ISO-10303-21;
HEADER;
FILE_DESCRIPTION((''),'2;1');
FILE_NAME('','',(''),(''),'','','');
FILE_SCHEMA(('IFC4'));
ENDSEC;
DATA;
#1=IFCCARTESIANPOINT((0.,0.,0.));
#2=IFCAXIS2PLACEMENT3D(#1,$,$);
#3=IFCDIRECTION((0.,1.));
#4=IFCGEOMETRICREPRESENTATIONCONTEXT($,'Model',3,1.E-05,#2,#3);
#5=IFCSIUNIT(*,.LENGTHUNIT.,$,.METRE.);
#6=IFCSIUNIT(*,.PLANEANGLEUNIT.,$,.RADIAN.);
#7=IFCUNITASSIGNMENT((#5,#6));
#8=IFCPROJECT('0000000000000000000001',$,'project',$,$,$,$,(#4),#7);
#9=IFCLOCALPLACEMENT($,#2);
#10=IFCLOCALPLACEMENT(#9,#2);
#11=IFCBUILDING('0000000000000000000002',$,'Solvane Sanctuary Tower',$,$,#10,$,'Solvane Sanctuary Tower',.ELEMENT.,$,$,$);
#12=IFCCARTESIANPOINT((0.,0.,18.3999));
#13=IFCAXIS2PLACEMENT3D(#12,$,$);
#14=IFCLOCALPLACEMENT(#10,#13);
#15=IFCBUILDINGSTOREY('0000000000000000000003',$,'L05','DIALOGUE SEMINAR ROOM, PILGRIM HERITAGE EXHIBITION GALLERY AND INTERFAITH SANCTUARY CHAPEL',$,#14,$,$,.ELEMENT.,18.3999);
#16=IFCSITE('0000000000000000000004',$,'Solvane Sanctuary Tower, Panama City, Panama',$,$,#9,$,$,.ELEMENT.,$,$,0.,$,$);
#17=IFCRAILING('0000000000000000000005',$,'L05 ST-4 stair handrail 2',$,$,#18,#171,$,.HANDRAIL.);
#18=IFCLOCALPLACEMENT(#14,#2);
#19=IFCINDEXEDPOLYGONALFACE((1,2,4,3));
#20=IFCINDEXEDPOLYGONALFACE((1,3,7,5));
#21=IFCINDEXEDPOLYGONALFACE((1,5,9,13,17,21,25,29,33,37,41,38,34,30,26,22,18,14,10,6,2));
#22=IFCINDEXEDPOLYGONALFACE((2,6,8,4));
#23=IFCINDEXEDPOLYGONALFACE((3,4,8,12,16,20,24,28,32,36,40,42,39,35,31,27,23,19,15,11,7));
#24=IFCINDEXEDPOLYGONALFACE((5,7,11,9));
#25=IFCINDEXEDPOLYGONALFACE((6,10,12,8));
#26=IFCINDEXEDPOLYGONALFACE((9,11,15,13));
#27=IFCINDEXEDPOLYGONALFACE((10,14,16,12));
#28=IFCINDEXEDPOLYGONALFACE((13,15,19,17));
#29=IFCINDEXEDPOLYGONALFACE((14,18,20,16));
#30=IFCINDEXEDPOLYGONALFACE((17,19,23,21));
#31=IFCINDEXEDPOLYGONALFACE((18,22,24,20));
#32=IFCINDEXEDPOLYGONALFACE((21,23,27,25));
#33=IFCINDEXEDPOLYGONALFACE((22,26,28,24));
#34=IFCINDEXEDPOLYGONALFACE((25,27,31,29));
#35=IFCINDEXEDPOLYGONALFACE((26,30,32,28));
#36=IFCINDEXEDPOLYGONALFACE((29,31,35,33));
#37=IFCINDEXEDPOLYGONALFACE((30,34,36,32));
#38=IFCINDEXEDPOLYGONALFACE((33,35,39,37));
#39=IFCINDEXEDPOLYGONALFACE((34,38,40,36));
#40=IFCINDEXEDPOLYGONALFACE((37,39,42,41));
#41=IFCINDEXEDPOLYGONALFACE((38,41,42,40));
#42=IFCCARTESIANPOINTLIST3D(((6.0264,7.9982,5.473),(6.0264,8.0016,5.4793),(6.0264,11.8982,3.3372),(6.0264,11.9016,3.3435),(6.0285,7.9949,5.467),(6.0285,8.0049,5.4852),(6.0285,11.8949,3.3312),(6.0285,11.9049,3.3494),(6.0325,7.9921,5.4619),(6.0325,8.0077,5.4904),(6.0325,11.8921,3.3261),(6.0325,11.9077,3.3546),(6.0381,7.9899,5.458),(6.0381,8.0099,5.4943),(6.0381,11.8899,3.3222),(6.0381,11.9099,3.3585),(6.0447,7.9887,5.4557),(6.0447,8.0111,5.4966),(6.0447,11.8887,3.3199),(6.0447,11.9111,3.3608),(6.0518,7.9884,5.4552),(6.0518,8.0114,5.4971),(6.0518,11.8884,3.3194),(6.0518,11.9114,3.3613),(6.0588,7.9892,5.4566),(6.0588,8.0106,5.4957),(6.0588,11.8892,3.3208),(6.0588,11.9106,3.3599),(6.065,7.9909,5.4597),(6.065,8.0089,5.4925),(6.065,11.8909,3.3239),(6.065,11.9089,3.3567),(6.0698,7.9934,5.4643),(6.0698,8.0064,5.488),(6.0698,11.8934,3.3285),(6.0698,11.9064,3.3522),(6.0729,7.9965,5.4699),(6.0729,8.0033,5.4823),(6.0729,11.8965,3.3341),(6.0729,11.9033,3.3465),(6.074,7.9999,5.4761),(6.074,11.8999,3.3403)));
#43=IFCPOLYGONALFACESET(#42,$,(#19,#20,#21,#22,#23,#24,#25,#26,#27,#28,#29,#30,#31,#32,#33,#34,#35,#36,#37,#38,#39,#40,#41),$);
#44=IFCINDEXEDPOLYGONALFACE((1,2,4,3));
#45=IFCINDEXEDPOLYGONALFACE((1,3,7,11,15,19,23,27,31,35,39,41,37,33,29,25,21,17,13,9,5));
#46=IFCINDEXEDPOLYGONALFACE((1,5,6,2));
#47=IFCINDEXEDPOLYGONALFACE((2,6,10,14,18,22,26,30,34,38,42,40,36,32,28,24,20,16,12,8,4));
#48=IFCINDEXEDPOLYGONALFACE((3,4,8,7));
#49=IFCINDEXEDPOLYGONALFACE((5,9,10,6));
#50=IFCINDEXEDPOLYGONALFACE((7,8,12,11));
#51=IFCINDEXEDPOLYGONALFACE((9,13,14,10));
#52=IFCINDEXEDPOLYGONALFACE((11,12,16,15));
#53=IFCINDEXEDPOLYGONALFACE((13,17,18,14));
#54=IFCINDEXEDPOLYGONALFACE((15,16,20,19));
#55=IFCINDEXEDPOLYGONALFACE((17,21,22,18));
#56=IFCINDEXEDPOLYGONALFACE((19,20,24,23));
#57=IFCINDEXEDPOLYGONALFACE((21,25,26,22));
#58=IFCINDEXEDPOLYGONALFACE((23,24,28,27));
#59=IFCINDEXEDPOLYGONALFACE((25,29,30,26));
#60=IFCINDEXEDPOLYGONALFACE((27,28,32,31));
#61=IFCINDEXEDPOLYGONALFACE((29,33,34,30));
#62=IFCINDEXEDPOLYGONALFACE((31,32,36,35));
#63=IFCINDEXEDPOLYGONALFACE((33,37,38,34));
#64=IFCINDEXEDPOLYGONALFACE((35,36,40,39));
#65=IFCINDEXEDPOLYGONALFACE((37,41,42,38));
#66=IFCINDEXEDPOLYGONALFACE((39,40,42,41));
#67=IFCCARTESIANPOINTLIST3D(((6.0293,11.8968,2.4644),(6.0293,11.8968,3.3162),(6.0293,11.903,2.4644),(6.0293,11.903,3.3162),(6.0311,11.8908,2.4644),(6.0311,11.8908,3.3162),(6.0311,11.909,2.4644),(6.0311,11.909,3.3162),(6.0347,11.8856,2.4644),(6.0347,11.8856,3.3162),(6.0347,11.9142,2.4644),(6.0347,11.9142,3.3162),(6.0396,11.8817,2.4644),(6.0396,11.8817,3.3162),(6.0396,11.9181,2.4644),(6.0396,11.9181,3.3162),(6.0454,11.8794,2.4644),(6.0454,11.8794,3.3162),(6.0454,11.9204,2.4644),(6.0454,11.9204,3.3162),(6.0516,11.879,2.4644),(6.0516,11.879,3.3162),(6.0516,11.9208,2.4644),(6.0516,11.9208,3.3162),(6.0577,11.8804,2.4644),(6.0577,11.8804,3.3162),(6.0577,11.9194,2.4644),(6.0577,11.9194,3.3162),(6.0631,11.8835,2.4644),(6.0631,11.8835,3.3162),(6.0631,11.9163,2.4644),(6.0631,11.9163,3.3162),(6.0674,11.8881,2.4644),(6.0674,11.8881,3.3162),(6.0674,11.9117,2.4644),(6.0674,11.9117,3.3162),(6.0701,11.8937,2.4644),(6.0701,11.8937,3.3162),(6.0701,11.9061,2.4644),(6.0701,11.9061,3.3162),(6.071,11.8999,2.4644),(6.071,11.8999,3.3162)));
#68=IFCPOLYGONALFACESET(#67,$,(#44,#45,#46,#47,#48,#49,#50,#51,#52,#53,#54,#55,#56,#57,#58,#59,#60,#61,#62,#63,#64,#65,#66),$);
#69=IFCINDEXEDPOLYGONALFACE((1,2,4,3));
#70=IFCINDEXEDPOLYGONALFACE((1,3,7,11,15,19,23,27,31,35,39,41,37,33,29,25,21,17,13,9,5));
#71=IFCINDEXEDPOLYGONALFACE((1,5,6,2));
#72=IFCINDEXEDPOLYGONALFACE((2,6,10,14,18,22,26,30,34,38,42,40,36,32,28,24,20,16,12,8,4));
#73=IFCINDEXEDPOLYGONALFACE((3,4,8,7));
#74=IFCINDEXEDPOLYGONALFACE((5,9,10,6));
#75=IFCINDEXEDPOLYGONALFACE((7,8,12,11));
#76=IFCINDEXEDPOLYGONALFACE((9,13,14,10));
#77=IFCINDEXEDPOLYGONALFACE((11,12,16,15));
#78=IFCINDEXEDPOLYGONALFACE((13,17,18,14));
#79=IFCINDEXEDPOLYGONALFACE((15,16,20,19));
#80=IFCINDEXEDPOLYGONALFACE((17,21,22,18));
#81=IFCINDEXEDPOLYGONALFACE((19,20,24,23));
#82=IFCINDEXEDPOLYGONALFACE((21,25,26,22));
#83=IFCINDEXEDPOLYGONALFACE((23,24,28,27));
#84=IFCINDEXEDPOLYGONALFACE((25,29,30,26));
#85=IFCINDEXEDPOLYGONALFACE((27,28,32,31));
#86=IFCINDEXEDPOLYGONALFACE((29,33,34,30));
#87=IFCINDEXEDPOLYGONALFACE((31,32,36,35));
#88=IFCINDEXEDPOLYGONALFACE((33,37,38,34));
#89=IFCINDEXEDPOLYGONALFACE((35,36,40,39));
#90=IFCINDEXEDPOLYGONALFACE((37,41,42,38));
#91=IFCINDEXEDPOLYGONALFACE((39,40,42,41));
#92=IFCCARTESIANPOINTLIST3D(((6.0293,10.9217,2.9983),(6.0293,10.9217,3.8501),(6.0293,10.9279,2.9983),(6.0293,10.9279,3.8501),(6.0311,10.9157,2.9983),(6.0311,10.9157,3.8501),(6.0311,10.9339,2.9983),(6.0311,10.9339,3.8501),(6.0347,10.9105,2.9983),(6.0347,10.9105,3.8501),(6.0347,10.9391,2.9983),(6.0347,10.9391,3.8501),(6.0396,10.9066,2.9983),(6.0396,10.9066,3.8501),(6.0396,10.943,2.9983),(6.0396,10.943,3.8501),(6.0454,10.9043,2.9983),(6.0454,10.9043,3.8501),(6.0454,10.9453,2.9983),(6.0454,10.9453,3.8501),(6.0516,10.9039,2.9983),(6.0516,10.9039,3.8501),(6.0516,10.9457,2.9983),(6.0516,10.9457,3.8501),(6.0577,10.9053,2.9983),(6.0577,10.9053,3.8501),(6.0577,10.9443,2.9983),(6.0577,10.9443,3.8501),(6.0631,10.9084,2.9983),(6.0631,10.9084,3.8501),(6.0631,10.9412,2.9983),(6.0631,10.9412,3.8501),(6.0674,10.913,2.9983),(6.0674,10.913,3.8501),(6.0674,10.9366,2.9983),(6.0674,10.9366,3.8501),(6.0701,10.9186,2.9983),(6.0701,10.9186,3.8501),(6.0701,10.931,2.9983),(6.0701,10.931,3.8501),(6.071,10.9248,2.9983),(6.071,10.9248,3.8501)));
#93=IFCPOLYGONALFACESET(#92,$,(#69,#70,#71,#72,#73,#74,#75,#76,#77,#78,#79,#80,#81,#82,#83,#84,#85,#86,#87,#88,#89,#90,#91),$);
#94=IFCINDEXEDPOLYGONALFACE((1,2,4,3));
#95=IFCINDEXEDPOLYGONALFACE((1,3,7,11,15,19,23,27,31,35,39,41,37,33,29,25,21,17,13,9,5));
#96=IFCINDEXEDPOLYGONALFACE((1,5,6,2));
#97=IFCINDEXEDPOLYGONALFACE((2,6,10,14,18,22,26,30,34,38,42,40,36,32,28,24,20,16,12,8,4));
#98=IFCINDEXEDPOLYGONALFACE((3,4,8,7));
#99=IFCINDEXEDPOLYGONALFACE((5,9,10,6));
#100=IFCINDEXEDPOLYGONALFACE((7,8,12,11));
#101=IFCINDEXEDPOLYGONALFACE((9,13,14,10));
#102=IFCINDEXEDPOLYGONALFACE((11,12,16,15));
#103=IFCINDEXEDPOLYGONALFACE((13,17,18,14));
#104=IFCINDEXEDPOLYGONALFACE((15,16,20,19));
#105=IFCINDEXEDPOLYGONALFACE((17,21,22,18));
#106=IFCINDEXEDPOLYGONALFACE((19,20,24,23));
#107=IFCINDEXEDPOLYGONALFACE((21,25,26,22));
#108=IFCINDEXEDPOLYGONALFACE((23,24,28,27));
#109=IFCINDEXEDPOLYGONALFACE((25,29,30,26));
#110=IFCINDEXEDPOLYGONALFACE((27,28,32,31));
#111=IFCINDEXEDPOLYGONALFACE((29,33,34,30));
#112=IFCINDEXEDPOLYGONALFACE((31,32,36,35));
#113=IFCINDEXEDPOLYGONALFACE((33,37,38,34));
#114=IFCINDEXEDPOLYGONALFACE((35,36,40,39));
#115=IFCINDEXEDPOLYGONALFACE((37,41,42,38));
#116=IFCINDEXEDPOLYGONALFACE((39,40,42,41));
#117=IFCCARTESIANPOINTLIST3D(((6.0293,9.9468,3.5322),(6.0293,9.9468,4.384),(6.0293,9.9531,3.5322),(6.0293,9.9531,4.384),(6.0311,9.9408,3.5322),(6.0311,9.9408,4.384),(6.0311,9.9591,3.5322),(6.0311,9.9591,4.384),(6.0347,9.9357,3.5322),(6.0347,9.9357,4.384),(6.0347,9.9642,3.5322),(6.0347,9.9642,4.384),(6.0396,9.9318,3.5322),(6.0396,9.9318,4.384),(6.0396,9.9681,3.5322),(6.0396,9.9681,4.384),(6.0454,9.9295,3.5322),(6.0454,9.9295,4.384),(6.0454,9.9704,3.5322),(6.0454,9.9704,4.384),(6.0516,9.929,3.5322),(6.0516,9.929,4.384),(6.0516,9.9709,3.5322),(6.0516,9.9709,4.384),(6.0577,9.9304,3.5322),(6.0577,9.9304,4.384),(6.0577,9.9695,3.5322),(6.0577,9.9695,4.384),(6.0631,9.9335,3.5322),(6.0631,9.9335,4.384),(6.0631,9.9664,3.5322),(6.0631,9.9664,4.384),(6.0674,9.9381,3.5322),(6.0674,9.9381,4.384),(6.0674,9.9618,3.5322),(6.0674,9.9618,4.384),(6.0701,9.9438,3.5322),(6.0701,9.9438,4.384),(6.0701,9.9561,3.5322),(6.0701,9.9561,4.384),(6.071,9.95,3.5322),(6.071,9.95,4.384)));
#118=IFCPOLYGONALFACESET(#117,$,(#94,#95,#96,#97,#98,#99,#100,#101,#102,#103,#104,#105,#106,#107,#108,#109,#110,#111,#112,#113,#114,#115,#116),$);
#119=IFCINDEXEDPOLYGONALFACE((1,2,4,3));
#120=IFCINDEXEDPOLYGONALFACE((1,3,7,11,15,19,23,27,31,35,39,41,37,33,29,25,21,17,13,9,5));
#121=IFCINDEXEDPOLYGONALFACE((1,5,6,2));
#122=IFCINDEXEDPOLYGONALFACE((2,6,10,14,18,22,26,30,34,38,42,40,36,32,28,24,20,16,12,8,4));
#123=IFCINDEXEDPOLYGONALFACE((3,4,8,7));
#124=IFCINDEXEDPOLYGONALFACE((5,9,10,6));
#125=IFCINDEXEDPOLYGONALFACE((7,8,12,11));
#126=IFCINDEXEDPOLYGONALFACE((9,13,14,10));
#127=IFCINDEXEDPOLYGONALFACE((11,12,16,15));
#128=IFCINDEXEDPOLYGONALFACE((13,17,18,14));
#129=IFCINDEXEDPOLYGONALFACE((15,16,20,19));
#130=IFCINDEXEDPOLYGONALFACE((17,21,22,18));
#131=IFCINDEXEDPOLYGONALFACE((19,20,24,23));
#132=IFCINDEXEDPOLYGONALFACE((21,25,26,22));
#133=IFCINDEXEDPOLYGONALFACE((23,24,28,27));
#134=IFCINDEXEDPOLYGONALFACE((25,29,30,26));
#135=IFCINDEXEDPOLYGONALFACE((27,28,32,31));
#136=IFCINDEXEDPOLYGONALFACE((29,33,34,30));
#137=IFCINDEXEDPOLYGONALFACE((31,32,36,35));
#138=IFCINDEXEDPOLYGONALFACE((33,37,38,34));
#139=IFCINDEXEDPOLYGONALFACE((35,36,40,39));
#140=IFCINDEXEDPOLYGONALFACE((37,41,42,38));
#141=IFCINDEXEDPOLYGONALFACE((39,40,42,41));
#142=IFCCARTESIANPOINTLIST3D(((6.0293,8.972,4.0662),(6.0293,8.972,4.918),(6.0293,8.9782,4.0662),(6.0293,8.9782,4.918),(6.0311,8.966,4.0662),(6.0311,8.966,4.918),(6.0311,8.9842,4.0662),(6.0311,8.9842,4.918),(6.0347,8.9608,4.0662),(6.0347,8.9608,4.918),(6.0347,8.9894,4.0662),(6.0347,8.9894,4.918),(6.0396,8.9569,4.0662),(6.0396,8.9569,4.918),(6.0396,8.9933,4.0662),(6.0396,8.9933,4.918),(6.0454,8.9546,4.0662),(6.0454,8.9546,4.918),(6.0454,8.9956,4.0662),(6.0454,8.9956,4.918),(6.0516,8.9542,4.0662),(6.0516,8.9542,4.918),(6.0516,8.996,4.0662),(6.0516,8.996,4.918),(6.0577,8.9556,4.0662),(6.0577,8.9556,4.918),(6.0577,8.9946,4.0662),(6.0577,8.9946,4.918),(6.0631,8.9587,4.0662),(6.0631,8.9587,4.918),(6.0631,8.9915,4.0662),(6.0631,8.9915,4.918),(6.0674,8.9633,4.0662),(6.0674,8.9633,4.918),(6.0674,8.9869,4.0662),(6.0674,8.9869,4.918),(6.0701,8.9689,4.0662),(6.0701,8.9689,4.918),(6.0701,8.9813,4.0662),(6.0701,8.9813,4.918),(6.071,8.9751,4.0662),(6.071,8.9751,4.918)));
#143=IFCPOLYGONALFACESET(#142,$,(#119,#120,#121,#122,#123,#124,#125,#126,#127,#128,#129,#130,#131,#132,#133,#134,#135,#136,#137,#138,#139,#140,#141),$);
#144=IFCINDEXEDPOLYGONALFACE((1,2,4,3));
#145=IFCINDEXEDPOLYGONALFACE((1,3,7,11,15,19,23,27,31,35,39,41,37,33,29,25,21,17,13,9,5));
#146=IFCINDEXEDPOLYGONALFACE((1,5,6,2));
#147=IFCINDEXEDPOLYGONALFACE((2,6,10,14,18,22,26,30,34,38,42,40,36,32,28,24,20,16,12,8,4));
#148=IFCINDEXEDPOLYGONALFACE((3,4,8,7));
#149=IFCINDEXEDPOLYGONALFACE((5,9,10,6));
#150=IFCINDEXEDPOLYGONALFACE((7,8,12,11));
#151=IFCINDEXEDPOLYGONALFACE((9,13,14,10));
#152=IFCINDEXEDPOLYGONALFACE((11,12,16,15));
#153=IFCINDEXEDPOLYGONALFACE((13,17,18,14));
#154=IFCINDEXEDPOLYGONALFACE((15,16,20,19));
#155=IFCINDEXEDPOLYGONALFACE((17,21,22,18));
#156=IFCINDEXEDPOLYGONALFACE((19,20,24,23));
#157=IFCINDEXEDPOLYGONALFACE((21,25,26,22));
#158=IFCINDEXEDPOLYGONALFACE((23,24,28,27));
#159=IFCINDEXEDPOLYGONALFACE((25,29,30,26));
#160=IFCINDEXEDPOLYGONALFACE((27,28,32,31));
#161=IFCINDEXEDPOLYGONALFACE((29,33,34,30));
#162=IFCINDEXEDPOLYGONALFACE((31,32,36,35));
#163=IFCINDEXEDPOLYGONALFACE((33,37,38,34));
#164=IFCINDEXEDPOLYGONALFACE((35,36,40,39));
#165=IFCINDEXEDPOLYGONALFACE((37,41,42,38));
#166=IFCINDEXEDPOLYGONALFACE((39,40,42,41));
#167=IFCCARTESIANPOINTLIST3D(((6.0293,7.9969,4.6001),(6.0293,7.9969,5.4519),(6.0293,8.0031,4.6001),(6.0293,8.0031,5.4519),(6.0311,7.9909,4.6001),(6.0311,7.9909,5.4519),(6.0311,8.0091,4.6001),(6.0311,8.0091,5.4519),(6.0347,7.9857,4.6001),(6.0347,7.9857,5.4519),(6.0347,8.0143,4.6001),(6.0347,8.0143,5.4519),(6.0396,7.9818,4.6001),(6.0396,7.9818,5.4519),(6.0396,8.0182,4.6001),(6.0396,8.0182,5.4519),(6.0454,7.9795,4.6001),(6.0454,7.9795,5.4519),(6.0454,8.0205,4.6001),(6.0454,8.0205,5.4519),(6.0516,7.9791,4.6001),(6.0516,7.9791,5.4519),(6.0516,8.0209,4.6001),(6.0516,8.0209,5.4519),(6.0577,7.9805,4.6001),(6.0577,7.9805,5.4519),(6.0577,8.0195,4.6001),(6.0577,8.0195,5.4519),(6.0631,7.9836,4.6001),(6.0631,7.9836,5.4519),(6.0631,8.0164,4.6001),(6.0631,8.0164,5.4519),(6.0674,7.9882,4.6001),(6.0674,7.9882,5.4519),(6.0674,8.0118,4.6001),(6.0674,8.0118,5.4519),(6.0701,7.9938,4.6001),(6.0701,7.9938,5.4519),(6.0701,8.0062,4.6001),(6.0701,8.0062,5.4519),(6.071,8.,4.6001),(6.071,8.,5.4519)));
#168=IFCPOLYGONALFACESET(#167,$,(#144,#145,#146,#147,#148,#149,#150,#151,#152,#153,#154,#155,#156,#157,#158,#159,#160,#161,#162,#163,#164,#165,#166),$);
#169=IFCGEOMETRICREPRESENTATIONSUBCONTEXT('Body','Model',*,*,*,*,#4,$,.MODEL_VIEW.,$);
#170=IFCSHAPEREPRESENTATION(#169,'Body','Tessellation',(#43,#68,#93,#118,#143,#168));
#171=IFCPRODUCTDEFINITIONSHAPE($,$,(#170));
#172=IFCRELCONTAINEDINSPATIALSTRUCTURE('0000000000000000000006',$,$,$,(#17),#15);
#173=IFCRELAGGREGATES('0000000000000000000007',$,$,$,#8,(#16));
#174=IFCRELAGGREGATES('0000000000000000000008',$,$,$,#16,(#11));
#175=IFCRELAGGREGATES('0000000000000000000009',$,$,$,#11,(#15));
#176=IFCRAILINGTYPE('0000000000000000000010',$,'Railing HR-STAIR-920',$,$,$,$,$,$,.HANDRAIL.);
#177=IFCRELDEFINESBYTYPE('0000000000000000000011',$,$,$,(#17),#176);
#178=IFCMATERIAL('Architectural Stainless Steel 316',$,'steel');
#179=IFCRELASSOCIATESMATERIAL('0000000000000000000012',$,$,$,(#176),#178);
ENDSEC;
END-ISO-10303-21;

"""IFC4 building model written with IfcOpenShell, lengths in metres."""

from ifc_helpers import new_model, si_unit, direction, frame, origin, origin_2d, place, context, subcontext, project, spatial, circle, extrude, material, type_object, element, save


model = new_model("IFC4")

# Units and contexts
model_context = context("Model", 3, precision=1e-05, world=origin(), true_north=direction((0.0, 1.0)))
body_context = subcontext(model_context, "Body", "Model", "MODEL_VIEW")
ifc_project = project(units=[si_unit("LENGTHUNIT", "METRE"), si_unit("PLANEANGLEUNIT", "RADIAN")], contexts=[model_context])

# Site, building, storey
site_placement = place(None, origin())
site = spatial("IfcSite", under=ifc_project, at=site_placement, Name="Solvane Sanctuary Tower, Panama City, Panama", CompositionType="ELEMENT", RefElevation=0.0)
building_placement = place(site_placement, origin())
building = spatial("IfcBuilding", under=site, at=building_placement, Name="Solvane Sanctuary Tower", LongName="Solvane Sanctuary Tower", CompositionType="ELEMENT")
storey_placement = place(building_placement, frame((0.0, 0.0, 18.3999)))
storey = spatial("IfcBuildingStorey", under=building, at=storey_placement, Name="L05", Description="DIALOGUE SEMINAR ROOM, PILGRIM HERITAGE EXHIBITION GALLERY AND INTERFAITH SANCTUARY CHAPEL", CompositionType="ELEMENT", Elevation=18.3999)

# Shared definitions
ifc_material_1 = material(Name="Architectural Stainless Steel 316", Category="steel")

# Railing
railing_type_1 = type_object("IfcRailingType", Name="Railing HR-STAIR-920", PredefinedType="HANDRAIL", material=ifc_material_1)
railing_1_placement = place(storey_placement, frame((6.05, 11.8999, 2.4644)))
element("IfcRailing", 1, at=railing_1_placement, inside=storey, type_object=railing_type_1, Name="L05 ST-4 stair handrail 2", PredefinedType="HANDRAIL", context=body_context, shape_type="SweptSolid", body=[
    extrude(circle(Radius=0.0239, at=origin_2d()), frame((0.0, 0.0, 0.876), z_axis=(0.0, -0.877089, 0.480329), x_axis=(1.0, 0.0, 0.0)), (0.0, 0.0, 1.0), 4.4465),
    extrude(circle(Radius=0.021, at=origin_2d()), origin(), (0.0, 0.0, 1.0), 0.8518),
    extrude(circle(Radius=0.021, at=origin_2d()), frame((0.0, -0.9751, 0.5339)), (0.0, 0.0, 1.0), 0.8518),
    extrude(circle(Radius=0.021, at=origin_2d()), frame((0.0, -1.95, 1.0679)), (0.0, 0.0, 1.0), 0.8518),
    extrude(circle(Radius=0.021, at=origin_2d()), frame((0.0, -2.9248, 1.6018)), (0.0, 0.0, 1.0), 0.8518),
    extrude(circle(Radius=0.021, at=origin_2d()), frame((0.0, -3.8999, 2.1357)), (0.0, 0.0, 1.0), 0.8518),
])

save(model, "model.ifc")
